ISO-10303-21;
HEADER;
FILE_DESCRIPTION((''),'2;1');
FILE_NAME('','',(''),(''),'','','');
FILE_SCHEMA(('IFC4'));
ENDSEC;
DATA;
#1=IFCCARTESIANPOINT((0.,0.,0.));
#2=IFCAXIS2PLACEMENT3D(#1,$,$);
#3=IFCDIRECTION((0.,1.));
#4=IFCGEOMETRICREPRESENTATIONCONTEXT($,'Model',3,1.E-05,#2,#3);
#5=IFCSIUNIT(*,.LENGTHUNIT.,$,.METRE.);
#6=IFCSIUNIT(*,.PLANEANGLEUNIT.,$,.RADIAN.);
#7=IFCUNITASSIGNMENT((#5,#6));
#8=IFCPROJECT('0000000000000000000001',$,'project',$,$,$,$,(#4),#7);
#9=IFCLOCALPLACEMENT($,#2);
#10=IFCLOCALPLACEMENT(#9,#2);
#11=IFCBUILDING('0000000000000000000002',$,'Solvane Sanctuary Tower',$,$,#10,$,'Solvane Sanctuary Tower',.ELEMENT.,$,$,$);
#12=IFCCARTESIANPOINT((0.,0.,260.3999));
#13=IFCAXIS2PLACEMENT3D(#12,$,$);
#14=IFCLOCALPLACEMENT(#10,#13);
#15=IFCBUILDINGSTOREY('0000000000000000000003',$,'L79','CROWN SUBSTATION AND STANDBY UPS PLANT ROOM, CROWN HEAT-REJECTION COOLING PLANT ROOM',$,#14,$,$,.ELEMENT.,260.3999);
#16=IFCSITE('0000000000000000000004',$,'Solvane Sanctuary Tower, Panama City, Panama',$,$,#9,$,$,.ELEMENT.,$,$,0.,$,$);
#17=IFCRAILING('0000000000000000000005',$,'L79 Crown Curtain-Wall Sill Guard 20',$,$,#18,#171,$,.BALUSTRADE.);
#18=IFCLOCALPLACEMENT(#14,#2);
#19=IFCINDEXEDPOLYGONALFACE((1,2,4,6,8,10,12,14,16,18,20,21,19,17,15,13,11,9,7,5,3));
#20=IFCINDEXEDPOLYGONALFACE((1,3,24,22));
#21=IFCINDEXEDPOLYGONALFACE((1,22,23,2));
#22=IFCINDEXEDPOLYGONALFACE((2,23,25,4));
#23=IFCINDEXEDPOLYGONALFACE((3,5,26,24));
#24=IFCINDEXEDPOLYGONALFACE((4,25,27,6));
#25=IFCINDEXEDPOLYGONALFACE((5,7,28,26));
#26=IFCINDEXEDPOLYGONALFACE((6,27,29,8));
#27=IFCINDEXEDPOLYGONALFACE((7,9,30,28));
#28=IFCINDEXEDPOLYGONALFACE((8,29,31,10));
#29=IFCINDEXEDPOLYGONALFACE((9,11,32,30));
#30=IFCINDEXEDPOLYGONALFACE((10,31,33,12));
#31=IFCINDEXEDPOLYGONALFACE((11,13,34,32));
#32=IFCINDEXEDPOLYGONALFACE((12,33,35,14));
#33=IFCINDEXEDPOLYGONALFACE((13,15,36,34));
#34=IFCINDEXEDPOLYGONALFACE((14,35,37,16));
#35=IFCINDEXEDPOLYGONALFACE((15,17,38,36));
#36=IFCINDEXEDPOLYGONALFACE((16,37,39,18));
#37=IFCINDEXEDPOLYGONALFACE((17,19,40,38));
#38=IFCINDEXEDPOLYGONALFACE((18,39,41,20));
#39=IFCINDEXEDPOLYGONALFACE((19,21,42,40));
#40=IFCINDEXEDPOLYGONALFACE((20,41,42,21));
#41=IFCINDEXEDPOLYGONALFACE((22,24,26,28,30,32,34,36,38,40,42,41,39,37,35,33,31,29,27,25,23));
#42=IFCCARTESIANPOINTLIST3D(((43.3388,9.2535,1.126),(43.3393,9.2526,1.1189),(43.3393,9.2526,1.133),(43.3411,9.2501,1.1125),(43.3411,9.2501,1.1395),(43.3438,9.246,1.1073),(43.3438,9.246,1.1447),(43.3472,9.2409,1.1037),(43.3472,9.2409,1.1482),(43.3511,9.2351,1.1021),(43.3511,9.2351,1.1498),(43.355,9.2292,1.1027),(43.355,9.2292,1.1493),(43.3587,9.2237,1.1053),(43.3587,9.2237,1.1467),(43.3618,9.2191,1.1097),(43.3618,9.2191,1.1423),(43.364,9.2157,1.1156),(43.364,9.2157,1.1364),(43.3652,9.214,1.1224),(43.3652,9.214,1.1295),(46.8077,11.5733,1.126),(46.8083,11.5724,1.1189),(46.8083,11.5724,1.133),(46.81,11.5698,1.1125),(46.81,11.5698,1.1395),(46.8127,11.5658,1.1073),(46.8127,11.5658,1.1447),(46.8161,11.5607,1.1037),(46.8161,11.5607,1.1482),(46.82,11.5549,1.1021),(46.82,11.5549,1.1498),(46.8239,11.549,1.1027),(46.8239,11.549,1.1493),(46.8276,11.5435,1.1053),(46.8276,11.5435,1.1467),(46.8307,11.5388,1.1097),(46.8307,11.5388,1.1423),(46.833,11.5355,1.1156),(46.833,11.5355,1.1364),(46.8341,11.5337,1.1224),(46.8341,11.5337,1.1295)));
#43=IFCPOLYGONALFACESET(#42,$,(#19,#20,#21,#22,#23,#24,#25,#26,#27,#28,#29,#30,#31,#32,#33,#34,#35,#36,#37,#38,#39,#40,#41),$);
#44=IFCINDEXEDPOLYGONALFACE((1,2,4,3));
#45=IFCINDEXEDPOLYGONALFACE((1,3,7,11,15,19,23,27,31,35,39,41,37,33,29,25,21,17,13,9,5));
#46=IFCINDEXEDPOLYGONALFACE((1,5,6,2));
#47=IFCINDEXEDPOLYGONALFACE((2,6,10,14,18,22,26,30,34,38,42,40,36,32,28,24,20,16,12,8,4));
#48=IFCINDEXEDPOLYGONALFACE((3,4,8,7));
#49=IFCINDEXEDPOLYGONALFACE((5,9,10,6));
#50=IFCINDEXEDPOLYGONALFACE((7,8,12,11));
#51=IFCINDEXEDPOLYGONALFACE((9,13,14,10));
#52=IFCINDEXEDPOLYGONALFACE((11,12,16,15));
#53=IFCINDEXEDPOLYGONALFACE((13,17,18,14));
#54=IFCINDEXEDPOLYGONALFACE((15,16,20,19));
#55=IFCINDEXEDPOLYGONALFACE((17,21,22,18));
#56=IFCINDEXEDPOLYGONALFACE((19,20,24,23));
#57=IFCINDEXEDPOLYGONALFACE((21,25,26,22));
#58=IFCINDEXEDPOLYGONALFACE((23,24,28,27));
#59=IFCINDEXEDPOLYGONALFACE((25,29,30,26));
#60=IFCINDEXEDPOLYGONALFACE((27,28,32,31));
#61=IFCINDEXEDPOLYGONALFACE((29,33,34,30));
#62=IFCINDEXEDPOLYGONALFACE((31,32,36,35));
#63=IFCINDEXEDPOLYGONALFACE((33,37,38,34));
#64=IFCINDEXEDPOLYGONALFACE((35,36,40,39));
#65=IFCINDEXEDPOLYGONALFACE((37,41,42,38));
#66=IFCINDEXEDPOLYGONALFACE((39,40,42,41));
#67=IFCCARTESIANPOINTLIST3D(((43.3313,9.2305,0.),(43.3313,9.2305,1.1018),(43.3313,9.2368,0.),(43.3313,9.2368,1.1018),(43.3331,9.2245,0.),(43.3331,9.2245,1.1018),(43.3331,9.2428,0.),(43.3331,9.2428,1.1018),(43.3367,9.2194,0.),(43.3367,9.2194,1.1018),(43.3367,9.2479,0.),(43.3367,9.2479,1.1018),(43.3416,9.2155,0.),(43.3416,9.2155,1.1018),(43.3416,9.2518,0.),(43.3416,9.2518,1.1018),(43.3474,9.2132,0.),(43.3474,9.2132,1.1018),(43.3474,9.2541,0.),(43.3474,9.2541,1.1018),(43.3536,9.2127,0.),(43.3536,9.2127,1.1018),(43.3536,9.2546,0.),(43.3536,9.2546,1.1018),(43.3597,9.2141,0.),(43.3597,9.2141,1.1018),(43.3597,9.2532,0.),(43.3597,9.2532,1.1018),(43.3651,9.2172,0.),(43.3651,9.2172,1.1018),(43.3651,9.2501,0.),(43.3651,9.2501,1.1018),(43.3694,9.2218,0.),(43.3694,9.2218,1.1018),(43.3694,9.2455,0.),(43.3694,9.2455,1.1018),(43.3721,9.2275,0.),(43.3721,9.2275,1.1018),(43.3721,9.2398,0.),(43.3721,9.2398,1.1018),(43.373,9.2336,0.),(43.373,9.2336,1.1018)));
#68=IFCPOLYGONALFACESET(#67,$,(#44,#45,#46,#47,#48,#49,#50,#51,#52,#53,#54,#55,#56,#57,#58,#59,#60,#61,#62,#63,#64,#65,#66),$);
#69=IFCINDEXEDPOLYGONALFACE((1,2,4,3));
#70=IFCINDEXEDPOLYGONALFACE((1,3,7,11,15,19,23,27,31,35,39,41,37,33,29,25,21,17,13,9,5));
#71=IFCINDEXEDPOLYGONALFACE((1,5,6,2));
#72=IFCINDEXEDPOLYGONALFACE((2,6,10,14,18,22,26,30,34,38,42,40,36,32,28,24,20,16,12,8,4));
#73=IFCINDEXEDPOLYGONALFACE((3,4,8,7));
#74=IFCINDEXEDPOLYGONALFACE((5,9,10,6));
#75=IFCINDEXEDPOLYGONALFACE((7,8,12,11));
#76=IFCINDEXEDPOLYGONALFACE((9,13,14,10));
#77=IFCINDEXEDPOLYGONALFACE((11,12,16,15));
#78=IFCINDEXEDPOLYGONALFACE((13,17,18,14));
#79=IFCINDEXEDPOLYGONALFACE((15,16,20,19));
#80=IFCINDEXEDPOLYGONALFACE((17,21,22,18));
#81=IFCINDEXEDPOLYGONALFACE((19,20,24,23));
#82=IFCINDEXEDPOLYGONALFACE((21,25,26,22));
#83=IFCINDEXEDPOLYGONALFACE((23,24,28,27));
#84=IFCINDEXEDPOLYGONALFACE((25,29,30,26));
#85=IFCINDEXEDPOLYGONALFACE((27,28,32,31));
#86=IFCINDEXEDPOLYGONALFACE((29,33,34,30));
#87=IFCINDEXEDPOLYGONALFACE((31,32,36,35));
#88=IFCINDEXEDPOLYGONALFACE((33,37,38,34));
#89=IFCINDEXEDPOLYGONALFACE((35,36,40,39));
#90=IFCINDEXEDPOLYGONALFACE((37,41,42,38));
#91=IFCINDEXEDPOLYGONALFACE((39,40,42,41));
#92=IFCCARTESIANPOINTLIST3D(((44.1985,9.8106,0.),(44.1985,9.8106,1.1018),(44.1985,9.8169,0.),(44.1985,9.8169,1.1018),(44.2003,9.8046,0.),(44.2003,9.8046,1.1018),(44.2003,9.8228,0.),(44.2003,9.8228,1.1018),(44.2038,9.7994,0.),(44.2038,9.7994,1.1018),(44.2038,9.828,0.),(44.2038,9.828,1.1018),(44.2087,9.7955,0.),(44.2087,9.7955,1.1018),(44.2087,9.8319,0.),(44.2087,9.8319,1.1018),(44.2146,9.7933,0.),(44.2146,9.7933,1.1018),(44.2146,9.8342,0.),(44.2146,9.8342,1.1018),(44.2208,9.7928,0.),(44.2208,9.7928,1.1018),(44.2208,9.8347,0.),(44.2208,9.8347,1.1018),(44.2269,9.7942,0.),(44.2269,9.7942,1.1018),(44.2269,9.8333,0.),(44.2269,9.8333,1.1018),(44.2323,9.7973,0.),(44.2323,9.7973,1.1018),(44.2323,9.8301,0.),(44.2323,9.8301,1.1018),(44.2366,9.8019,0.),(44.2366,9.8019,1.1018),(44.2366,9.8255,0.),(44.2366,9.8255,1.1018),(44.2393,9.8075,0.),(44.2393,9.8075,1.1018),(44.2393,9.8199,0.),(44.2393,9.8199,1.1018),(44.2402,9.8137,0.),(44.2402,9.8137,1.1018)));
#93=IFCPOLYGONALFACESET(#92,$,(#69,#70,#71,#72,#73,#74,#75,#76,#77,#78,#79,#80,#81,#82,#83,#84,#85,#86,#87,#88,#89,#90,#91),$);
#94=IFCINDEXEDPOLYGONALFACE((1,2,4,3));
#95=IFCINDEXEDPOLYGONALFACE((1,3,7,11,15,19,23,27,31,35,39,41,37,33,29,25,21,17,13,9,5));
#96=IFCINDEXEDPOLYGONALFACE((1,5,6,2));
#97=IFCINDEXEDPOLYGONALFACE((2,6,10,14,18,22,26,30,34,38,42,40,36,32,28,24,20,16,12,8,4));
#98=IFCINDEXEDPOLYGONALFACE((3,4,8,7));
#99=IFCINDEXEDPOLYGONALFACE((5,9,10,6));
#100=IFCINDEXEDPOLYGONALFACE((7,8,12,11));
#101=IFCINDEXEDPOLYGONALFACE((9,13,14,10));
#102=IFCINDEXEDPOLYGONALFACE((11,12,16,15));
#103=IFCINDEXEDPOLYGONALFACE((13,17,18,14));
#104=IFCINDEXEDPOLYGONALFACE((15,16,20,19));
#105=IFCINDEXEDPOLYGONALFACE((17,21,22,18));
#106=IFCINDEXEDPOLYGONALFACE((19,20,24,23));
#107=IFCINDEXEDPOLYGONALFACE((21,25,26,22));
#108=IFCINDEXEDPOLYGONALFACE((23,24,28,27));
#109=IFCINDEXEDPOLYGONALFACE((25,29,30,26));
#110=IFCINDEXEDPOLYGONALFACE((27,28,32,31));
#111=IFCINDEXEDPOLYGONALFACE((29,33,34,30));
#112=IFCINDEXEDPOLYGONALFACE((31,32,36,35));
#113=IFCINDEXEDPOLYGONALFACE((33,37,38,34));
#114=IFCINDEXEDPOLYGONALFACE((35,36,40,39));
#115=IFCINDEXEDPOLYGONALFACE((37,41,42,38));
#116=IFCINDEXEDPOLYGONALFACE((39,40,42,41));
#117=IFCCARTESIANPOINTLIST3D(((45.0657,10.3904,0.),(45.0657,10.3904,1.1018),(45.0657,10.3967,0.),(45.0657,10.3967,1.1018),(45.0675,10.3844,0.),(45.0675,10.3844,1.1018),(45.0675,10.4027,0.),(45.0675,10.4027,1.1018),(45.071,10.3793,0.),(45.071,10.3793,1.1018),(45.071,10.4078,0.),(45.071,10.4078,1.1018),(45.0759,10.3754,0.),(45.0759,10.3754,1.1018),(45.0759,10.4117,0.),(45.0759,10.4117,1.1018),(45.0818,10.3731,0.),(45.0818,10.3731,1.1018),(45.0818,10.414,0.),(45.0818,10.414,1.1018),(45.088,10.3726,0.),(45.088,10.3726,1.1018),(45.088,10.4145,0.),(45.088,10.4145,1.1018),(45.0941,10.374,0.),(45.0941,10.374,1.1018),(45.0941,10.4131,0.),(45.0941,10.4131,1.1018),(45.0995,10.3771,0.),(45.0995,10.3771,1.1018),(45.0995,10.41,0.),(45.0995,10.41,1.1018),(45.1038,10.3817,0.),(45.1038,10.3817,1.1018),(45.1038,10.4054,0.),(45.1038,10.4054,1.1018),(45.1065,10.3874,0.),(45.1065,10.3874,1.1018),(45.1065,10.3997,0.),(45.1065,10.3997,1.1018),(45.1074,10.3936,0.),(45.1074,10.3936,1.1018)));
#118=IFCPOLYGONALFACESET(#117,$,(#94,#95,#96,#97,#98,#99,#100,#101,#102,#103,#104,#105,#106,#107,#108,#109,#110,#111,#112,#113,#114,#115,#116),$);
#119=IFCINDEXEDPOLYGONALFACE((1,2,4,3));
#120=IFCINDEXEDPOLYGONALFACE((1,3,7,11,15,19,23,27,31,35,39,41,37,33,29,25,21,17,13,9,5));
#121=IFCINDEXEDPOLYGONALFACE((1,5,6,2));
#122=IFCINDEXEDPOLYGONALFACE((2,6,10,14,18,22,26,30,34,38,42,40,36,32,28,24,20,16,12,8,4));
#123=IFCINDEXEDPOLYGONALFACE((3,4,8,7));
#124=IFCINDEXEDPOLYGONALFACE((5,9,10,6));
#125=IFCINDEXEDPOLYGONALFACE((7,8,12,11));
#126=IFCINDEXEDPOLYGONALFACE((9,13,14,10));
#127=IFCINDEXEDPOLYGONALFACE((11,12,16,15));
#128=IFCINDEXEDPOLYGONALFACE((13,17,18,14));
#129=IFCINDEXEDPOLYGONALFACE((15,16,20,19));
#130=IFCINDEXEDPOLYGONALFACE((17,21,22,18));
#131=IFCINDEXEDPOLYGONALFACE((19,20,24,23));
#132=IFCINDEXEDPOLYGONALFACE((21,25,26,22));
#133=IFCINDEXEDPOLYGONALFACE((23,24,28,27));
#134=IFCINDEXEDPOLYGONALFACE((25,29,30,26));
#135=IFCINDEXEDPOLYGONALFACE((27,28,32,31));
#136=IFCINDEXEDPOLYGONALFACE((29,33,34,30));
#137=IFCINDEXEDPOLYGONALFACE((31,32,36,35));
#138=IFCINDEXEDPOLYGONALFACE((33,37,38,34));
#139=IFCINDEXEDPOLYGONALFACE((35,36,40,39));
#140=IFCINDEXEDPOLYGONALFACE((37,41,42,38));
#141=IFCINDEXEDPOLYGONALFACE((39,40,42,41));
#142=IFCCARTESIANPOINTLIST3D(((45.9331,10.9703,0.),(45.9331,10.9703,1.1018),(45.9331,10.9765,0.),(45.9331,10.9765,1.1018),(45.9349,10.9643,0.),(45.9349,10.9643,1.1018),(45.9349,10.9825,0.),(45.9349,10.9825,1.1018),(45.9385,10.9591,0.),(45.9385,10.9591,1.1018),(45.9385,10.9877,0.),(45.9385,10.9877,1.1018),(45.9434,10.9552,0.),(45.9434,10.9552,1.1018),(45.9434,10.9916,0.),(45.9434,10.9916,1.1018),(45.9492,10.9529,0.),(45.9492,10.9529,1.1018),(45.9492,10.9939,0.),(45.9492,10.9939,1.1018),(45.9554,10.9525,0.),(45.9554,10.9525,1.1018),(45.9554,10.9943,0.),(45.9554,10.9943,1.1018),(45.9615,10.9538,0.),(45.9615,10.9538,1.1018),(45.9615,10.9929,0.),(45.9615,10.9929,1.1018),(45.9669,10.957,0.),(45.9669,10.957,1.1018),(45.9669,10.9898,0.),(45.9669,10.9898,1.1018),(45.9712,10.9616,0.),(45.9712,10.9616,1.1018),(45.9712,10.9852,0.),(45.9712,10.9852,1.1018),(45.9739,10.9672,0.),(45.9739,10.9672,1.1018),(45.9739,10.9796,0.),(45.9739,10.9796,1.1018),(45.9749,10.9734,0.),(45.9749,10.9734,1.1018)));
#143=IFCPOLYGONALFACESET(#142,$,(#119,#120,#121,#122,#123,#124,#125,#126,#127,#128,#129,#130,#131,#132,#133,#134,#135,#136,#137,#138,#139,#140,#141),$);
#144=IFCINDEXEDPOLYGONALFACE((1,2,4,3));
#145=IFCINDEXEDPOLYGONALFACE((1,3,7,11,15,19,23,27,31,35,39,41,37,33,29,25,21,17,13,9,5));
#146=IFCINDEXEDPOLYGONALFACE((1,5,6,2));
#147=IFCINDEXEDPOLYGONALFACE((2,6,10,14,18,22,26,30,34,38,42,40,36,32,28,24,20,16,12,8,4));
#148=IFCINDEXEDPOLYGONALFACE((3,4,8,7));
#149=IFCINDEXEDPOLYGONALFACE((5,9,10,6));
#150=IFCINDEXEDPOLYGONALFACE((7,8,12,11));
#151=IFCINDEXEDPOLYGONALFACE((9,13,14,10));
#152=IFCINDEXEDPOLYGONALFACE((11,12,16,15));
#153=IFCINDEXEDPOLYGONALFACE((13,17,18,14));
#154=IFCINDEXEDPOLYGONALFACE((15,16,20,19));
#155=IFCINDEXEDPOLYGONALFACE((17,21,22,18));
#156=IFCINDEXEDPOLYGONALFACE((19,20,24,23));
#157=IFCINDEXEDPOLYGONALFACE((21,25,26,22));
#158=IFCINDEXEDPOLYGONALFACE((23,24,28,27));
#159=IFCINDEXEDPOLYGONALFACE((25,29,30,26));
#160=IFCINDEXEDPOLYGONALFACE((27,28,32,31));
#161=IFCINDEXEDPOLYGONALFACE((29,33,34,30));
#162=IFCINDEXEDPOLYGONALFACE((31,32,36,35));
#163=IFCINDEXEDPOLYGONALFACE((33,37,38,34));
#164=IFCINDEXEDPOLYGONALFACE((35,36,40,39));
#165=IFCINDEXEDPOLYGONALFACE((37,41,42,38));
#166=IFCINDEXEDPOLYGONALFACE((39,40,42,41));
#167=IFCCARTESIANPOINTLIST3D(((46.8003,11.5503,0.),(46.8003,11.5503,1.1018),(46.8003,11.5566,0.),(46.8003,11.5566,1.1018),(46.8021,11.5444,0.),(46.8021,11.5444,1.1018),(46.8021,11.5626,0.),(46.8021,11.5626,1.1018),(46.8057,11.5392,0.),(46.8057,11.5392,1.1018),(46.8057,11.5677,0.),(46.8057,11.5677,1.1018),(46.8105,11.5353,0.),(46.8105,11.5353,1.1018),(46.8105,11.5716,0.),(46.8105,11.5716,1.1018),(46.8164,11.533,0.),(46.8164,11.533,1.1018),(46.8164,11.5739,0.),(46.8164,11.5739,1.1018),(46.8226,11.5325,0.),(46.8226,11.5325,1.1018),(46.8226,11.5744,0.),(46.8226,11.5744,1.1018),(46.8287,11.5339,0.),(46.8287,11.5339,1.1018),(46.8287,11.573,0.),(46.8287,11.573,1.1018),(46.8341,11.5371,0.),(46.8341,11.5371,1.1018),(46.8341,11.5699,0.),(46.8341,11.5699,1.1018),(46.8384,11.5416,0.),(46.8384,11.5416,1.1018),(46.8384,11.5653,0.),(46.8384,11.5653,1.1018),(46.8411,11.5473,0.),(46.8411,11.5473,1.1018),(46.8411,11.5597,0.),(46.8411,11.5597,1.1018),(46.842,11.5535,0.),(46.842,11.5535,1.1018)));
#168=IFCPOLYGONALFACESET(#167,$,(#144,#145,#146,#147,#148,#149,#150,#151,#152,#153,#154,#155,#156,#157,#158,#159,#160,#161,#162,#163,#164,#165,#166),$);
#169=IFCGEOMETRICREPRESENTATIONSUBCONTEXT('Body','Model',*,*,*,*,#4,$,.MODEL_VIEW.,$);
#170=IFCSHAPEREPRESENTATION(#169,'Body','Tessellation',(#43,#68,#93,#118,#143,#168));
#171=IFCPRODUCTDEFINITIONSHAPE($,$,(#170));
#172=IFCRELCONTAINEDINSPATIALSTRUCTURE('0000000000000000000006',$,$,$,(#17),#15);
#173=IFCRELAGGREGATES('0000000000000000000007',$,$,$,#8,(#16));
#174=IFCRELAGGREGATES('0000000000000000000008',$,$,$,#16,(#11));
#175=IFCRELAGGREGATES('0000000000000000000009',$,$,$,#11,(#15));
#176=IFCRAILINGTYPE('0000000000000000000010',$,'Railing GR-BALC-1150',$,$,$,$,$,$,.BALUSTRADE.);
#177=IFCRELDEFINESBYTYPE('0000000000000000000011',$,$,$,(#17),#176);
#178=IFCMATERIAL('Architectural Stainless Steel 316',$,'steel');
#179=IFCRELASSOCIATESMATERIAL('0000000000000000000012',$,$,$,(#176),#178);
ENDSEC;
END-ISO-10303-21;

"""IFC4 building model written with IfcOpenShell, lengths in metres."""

from ifc_helpers import new_model, si_unit, direction, frame, origin, origin_2d, place, context, subcontext, project, spatial, circle, extrude, material, type_object, element, save


model = new_model("IFC4")

# Units and contexts
model_context = context("Model", 3, precision=1e-05, world=origin(), true_north=direction((0.0, 1.0)))
body_context = subcontext(model_context, "Body", "Model", "MODEL_VIEW")
ifc_project = project(units=[si_unit("LENGTHUNIT", "METRE"), si_unit("PLANEANGLEUNIT", "RADIAN")], contexts=[model_context])

# Site, building, storey
site_placement = place(None, origin())
site = spatial("IfcSite", under=ifc_project, at=site_placement, Name="Solvane Sanctuary Tower, Panama City, Panama", CompositionType="ELEMENT", RefElevation=0.0)
building_placement = place(site_placement, origin())
building = spatial("IfcBuilding", under=site, at=building_placement, Name="Solvane Sanctuary Tower", LongName="Solvane Sanctuary Tower", CompositionType="ELEMENT")
storey_placement = place(building_placement, frame((0.0, 0.0, 260.3999)))
storey = spatial("IfcBuildingStorey", under=building, at=storey_placement, Name="L79", Description="CROWN SUBSTATION AND STANDBY UPS PLANT ROOM, CROWN HEAT-REJECTION COOLING PLANT ROOM", CompositionType="ELEMENT", Elevation=260.3999)

# Railing
ifc_material_1 = material(Name="Architectural Stainless Steel 316", Category="steel")
railing_type = type_object("IfcRailingType", Name="Railing GR-BALC-1150", PredefinedType="BALUSTRADE", material=ifc_material_1)
railing_1_placement = place(storey_placement, frame((43.3521, 9.2336, 0.0)))
element("IfcRailing", 1, at=railing_1_placement, inside=storey, type_object=railing_type, Name="L79 Crown Curtain-Wall Sill Guard 20", PredefinedType="BALUSTRADE", context=body_context, shape_type="SweptSolid", body=[
    extrude(circle(Radius=0.0239, at=origin_2d()), frame((0.0, 0.0, 1.126), z_axis=(0.831257, 0.555888, 0.0), x_axis=(-0.555888, 0.831257, 0.0)), (0.0, 0.0, 1.0), 4.1731),
    extrude(circle(Radius=0.021, at=origin_2d()), origin(), (0.0, 0.0, 1.0), 1.1018),
    extrude(circle(Radius=0.021, at=origin_2d()), frame((0.8672, 0.5801, 0.0)), (0.0, 0.0, 1.0), 1.1018),
    extrude(circle(Radius=0.021, at=origin_2d()), frame((1.7344, 1.1599, 0.0)), (0.0, 0.0, 1.0), 1.1018),
    extrude(circle(Radius=0.021, at=origin_2d()), frame((2.6018, 1.7397, 0.0)), (0.0, 0.0, 1.0), 1.1018),
    extrude(circle(Radius=0.021, at=origin_2d()), frame((3.469, 2.3198, 0.0)), (0.0, 0.0, 1.0), 1.1018),
])

save(model, "model.ifc")
